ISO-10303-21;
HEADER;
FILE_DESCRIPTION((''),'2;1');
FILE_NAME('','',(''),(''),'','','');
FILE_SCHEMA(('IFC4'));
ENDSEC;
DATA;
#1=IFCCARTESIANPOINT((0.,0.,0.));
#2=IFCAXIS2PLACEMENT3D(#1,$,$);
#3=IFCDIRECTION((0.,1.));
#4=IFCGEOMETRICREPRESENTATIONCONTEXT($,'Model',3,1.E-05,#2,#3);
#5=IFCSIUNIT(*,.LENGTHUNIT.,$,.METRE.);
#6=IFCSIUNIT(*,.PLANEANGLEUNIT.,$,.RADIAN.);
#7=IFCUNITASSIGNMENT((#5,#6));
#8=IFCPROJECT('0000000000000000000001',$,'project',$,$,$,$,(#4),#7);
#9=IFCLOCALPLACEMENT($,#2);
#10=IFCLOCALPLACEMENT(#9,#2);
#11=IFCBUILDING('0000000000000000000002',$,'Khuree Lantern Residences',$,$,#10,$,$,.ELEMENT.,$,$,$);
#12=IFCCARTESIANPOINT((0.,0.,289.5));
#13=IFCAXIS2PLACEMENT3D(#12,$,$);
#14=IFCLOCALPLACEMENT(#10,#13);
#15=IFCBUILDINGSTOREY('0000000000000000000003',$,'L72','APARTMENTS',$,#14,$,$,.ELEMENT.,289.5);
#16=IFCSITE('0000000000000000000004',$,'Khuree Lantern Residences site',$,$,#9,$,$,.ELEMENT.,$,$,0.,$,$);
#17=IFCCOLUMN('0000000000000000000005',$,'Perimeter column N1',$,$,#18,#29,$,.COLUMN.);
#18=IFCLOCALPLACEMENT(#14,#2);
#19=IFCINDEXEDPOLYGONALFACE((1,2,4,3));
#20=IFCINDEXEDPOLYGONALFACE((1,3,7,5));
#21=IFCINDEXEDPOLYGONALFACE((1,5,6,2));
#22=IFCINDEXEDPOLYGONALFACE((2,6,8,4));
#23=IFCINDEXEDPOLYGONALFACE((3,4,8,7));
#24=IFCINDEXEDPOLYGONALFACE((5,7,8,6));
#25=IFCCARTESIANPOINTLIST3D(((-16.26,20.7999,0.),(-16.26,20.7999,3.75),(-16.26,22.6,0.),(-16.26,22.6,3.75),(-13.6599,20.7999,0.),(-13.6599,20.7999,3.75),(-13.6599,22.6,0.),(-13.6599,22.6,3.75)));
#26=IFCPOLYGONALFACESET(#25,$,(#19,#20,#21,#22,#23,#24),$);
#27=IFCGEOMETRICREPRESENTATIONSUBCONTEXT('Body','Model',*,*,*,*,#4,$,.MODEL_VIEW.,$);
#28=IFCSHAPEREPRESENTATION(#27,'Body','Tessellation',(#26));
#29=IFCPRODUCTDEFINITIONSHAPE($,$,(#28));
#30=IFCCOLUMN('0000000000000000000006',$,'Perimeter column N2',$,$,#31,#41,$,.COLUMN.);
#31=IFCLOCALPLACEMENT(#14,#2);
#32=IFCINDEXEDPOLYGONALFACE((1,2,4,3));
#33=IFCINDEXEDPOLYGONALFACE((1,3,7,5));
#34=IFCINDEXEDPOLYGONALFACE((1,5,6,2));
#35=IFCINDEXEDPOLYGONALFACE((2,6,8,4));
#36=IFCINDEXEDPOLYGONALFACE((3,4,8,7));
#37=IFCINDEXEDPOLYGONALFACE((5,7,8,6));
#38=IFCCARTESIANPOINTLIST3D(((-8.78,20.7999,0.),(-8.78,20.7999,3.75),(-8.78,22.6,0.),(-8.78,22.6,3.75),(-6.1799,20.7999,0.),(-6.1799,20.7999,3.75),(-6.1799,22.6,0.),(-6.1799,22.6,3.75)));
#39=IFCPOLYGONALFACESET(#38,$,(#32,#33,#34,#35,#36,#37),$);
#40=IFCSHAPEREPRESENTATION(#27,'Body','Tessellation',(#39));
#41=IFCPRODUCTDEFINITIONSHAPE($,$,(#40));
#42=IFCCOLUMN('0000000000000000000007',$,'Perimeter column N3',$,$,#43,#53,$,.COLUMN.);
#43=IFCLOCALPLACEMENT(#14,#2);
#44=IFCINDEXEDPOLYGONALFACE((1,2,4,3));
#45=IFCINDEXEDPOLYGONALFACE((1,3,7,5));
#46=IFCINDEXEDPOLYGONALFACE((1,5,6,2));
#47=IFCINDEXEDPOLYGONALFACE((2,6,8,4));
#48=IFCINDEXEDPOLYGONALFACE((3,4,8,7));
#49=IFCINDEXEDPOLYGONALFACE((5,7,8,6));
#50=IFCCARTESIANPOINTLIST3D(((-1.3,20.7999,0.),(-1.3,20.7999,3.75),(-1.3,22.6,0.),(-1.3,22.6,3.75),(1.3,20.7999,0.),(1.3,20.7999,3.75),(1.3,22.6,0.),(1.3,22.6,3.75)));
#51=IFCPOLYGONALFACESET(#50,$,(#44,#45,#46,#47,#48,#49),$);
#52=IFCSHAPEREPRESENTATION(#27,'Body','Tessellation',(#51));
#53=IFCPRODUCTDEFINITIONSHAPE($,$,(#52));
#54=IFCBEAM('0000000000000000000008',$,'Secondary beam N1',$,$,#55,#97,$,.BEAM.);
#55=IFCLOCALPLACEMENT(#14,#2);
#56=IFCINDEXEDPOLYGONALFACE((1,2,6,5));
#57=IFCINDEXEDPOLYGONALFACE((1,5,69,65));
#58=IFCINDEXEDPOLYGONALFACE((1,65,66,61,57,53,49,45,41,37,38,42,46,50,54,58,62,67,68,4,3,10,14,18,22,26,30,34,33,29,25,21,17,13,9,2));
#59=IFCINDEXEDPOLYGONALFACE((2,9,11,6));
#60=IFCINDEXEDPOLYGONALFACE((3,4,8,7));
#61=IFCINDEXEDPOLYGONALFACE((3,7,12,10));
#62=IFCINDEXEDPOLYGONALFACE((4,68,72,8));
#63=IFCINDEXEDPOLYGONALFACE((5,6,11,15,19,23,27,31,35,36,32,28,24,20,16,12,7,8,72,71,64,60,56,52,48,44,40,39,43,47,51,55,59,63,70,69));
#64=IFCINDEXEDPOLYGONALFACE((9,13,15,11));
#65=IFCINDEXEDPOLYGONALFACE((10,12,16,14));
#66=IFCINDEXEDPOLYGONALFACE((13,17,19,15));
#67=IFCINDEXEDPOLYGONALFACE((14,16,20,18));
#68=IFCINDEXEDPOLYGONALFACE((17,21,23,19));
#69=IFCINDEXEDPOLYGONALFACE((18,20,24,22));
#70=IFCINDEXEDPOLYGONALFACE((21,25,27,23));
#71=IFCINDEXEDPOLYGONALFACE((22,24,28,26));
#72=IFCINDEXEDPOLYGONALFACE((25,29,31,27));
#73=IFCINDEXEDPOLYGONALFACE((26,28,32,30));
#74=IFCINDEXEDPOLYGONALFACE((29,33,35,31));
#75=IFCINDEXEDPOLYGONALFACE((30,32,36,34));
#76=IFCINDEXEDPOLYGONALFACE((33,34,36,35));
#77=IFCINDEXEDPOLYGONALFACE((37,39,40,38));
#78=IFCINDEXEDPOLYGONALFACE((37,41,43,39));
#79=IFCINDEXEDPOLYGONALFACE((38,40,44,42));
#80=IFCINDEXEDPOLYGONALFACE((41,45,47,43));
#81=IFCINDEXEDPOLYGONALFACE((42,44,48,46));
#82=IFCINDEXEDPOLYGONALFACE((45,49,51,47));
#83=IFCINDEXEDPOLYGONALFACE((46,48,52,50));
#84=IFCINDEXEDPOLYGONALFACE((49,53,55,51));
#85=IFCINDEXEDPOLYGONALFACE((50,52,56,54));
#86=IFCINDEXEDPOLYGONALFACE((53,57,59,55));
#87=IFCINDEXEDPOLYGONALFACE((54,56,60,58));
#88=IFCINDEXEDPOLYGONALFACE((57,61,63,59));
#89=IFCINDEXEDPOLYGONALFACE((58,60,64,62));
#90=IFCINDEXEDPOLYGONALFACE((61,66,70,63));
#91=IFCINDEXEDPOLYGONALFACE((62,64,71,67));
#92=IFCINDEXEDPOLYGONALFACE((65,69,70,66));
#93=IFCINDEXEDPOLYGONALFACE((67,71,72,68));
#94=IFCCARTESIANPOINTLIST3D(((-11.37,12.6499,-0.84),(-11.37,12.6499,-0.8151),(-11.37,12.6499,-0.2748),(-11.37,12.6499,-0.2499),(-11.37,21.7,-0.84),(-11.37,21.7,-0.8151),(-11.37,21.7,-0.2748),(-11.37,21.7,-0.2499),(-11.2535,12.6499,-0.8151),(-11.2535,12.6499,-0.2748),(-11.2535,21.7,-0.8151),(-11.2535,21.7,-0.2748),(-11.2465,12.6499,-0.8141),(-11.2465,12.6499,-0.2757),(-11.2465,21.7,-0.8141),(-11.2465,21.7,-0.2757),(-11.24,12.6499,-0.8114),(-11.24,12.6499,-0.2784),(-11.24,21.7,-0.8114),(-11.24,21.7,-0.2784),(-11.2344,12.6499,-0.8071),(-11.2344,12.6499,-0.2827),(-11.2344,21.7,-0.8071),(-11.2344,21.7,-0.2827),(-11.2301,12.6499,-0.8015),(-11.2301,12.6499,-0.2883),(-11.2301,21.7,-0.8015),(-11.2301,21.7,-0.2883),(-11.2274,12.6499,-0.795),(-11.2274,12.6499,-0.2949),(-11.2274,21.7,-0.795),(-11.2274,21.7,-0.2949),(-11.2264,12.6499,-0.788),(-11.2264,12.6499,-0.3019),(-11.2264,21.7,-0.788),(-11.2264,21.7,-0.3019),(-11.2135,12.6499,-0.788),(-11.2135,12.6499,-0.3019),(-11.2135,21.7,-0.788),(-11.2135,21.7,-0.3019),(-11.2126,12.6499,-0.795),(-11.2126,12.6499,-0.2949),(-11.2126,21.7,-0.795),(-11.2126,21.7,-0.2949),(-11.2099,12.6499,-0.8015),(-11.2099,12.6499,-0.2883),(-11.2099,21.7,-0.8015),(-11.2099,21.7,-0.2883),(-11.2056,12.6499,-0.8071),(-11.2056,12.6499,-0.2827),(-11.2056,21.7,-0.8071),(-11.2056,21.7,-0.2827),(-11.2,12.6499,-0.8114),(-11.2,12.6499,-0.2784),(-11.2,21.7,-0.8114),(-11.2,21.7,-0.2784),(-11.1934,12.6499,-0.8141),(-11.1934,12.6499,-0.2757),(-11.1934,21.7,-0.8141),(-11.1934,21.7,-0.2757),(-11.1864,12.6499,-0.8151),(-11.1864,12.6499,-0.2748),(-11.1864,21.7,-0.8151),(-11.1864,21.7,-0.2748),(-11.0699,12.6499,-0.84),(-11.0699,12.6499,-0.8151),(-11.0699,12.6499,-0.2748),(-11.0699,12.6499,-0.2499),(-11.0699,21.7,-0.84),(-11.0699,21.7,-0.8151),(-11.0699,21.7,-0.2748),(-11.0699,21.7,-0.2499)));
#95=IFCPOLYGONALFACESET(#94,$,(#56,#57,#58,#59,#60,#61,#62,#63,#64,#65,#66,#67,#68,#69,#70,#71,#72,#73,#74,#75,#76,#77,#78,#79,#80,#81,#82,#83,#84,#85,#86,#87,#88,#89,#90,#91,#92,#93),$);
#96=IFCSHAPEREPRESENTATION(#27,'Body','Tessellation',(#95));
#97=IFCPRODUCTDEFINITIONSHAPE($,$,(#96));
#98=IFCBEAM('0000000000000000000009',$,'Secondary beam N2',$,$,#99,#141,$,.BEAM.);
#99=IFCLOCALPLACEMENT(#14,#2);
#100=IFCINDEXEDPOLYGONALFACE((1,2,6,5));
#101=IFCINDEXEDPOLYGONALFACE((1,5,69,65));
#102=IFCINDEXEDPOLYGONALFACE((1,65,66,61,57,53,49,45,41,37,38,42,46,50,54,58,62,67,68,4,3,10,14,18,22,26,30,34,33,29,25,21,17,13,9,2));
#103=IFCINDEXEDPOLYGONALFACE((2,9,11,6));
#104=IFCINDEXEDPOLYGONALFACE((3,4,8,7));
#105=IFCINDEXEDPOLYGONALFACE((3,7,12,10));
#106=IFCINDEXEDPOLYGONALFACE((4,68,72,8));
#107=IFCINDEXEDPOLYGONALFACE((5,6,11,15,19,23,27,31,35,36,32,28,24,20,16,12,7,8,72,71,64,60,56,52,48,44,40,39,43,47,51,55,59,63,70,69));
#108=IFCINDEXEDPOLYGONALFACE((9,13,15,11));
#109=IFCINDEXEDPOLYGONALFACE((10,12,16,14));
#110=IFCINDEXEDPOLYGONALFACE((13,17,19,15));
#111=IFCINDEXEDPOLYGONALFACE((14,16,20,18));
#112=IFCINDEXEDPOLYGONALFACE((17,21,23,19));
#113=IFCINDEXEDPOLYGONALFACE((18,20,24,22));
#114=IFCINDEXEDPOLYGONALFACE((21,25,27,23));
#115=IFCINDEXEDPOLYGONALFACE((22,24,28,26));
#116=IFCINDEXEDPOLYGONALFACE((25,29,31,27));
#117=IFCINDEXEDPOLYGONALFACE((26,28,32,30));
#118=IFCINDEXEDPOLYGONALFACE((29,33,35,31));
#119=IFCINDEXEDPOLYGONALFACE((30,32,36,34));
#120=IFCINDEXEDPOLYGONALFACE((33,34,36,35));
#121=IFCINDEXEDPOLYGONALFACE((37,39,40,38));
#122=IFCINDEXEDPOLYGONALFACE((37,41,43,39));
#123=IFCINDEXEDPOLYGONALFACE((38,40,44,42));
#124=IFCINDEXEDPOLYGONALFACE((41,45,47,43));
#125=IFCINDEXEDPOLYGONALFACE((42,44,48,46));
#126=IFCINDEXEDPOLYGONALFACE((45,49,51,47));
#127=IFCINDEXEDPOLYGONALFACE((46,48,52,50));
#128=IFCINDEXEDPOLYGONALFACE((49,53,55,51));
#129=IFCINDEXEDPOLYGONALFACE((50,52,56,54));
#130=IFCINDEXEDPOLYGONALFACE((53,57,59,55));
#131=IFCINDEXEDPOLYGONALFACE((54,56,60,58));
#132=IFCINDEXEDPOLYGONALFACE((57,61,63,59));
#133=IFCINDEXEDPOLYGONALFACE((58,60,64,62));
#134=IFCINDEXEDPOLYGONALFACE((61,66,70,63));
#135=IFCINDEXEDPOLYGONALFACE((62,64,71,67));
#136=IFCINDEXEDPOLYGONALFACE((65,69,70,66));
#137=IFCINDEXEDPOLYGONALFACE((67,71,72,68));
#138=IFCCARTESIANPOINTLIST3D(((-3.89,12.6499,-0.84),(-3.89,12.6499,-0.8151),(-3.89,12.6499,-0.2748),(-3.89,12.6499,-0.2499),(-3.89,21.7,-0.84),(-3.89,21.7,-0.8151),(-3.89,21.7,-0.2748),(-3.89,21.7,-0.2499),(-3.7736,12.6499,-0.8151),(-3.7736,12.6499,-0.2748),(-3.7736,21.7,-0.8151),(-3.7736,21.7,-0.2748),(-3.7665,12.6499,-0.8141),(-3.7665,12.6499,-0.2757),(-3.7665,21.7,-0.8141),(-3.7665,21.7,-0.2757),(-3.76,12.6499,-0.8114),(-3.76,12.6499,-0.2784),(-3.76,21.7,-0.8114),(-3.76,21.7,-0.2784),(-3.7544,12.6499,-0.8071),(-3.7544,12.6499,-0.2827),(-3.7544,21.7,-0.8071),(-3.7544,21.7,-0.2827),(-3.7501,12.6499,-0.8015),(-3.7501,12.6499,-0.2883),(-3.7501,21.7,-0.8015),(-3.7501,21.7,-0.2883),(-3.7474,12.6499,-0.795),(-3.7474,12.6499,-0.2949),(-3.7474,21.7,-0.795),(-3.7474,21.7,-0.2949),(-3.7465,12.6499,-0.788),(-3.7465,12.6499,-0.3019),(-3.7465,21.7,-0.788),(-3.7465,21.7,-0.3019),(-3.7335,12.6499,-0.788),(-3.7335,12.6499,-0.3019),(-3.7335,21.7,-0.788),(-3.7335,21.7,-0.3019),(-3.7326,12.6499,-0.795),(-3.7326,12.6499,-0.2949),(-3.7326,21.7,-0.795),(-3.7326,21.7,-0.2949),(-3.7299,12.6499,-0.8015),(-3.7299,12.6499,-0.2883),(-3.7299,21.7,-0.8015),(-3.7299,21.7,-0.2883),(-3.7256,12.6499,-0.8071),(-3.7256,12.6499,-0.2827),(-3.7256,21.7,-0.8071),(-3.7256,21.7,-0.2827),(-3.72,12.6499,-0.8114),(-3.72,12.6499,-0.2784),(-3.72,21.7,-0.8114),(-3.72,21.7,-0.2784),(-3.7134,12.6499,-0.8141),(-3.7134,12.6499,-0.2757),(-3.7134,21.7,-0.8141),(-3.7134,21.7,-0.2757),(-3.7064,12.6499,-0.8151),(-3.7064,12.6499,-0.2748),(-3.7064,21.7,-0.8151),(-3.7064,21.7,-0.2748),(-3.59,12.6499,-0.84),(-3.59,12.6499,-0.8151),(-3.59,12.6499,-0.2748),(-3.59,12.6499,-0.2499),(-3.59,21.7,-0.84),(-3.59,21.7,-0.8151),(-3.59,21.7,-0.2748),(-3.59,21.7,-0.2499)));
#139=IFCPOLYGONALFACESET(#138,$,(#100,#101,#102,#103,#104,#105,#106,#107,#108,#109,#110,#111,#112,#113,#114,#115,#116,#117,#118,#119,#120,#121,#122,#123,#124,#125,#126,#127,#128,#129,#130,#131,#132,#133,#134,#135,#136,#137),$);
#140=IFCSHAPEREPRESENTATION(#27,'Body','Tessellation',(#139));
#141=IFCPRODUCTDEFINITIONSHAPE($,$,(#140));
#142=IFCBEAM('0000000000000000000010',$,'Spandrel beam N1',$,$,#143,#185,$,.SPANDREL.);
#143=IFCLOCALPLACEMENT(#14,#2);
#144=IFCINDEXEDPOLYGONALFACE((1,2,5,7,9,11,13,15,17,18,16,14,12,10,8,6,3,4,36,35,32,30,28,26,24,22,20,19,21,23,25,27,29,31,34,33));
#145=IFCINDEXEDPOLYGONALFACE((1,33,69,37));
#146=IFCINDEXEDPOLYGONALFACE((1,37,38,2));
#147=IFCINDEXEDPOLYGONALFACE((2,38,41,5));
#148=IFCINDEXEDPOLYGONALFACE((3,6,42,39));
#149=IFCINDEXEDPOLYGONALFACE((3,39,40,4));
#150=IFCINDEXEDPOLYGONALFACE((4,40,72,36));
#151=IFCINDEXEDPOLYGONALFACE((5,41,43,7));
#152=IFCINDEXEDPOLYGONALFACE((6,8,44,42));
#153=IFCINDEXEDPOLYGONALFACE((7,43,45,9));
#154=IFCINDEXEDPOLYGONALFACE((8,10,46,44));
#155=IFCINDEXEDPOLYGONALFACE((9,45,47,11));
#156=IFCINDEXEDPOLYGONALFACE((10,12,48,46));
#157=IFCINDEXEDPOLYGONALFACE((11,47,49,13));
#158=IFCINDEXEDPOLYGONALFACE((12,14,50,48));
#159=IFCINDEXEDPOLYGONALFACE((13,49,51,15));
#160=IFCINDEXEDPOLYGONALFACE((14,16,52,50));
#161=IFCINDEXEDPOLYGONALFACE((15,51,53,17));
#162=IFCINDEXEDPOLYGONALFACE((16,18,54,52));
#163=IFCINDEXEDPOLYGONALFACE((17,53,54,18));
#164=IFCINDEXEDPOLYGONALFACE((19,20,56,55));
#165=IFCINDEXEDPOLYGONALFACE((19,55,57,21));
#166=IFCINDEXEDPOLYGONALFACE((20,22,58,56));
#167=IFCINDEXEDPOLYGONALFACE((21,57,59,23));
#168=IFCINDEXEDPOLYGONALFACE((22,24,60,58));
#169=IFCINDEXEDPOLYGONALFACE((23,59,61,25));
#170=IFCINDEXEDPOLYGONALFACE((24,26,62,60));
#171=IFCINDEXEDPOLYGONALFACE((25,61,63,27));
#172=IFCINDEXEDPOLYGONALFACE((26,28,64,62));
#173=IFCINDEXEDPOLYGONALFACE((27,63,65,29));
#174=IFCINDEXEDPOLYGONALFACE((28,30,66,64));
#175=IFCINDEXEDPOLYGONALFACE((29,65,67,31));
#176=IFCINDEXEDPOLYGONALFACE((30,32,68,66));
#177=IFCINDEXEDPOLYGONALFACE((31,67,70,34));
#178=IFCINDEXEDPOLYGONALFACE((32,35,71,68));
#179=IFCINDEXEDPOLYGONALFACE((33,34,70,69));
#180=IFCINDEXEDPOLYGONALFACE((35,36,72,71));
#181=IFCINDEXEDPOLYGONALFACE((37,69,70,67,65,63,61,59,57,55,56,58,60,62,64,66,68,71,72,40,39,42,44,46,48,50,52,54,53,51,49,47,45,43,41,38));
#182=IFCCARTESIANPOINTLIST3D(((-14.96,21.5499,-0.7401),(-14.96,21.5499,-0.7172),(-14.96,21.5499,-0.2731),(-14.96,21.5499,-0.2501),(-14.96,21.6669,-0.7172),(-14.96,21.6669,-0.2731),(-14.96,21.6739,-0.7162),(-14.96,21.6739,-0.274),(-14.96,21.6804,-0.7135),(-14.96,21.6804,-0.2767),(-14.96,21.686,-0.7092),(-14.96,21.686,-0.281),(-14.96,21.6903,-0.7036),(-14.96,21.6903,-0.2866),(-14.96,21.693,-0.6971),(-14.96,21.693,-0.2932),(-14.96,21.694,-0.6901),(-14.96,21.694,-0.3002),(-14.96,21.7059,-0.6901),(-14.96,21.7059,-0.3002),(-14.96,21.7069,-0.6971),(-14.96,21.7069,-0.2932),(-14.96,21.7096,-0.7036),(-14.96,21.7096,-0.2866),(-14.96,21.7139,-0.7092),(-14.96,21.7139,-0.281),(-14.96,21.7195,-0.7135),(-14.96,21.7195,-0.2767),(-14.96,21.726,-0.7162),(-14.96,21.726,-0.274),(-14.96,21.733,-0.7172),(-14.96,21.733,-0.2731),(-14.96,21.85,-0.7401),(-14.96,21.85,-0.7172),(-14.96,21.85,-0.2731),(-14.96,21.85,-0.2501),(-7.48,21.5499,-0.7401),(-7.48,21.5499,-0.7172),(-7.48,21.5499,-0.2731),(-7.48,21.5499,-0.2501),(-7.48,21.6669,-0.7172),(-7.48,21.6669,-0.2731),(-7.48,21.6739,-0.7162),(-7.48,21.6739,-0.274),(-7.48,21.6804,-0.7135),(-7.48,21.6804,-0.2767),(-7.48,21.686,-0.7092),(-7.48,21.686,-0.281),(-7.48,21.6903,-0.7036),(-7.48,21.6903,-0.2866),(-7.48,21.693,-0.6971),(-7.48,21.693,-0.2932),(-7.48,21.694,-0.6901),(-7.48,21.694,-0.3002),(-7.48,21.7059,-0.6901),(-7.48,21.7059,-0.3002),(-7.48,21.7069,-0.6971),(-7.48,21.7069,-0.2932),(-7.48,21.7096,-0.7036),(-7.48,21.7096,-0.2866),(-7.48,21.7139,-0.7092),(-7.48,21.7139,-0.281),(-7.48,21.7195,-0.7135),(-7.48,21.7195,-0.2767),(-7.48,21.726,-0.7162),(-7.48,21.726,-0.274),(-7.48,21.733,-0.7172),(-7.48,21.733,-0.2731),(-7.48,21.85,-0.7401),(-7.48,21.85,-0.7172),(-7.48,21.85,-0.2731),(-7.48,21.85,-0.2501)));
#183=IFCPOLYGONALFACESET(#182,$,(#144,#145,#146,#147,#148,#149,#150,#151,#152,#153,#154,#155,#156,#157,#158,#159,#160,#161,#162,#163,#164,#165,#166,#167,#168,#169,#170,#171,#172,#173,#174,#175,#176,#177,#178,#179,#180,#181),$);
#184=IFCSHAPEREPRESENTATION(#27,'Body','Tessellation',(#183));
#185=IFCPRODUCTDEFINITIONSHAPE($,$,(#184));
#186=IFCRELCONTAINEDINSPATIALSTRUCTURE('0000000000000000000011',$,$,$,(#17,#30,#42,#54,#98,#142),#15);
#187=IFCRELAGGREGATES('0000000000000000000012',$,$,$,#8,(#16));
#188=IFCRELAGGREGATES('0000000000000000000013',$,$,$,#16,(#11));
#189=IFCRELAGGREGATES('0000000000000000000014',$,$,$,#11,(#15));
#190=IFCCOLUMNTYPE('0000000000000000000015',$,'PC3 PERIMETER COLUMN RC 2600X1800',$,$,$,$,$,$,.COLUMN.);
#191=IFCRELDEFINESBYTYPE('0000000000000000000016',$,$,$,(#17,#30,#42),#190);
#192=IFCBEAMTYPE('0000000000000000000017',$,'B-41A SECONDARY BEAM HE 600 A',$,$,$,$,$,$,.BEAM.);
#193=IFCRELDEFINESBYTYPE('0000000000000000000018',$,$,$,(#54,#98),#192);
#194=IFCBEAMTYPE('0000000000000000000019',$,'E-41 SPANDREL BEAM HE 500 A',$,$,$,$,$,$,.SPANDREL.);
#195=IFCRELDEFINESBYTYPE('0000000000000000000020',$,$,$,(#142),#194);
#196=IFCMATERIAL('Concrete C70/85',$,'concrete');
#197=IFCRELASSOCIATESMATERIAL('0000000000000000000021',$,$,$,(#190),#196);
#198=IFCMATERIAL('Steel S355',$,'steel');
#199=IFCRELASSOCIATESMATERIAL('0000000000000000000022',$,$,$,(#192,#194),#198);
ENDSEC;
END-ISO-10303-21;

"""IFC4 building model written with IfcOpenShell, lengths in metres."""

from ifc_helpers import new_model, si_unit, direction, frame, origin, origin_2d, place, context, subcontext, project, spatial, rectangle, i_section, extrude, material, material_profile, profile_set, type_object, element, save


model = new_model("IFC4")

# Units and contexts
model_context = context("Model", 3, precision=1e-05, world=origin(), true_north=direction((0.0, 1.0)))
body_context = subcontext(model_context, "Body", "Model", "MODEL_VIEW")
ifc_project = project(units=[si_unit("LENGTHUNIT", "METRE"), si_unit("PLANEANGLEUNIT", "RADIAN")], contexts=[model_context])

# Site, building, storey
site_placement = place(None, origin())
site = spatial("IfcSite", under=ifc_project, at=site_placement, Name="Khuree Lantern Residences site", CompositionType="ELEMENT", RefElevation=0.0)
building_placement = place(site_placement, origin())
building = spatial("IfcBuilding", under=site, at=building_placement, Name="Khuree Lantern Residences", CompositionType="ELEMENT")
storey_placement = place(building_placement, frame((0.0, 0.0, 289.5)))
storey = spatial("IfcBuildingStorey", under=building, at=storey_placement, Name="L72", Description="APARTMENTS", CompositionType="ELEMENT", Elevation=289.5)

# Columns
ifc_material_1 = material(Name="Concrete C70/85", Category="concrete")
ifc_material_profile_1 = material_profile(ifc_material_1, rectangle(XDim=2.6001, YDim=1.8, at=origin_2d()), Name="RC 2600X1800")
ifc_profile_set_1 = profile_set([ifc_material_profile_1], Name="Concrete C70/85")
column_type = type_object("IfcColumnType", Name="PC3 PERIMETER COLUMN RC 2600X1800", PredefinedType="COLUMN", material=ifc_profile_set_1)
for number, where, z_axis, x_axis, name in (
    (1, (-14.96, 21.7, 0.0), (0.0, 0.0, 1.0), (1.0, 0.0, 0.0), "Perimeter column N1"),
    (2, (-7.48, 21.7, 0.0), (0.0, 0.0, 1.0), (1.0, 0.0, 0.0), "Perimeter column N2"),
    (3, (0.0, 21.7, 0.0), (0.0, 0.0, 1.0), (1.0, 0.0, 0.0), "Perimeter column N3"),
):
    element("IfcColumn", number, at=place(storey_placement, frame(where, z_axis=z_axis, x_axis=x_axis)), inside=storey, type_object=column_type, Name=name, PredefinedType="COLUMN", context=body_context, shape_type="SweptSolid", body=[
        extrude(rectangle(XDim=2.6001, YDim=1.8, at=origin_2d()), origin(), (0.0, 0.0, 1.0), 3.75),
    ])

# Beams
ifc_material_2 = material(Name="Steel S355", Category="steel")
ifc_material_profile_2 = material_profile(ifc_material_2, i_section(OverallWidth=0.3, OverallDepth=0.5901, WebThickness=0.0129, FlangeThickness=0.0249, FilletRadius=0.0271, at=origin_2d()), Name="HE 600 A")
ifc_profile_set_2 = profile_set([ifc_material_profile_2], Name="Steel S355")
beam_type_1 = type_object("IfcBeamType", Name="B-41A SECONDARY BEAM HE 600 A", PredefinedType="BEAM", material=ifc_profile_set_2)
for number, where, z_axis, x_axis, name in (
    (4, (-11.22, 21.7, -0.5449), (0.0, -1.0, 0.0), (1.0, 0.0, 0.0), "Secondary beam N1"),
    (5, (-3.74, 21.7, -0.5449), (0.0, -1.0, 0.0), (1.0, 0.0, 0.0), "Secondary beam N2"),
):
    element("IfcBeam", number, at=place(storey_placement, frame(where, z_axis=z_axis, x_axis=x_axis)), inside=storey, type_object=beam_type_1, Name=name, PredefinedType="BEAM", context=body_context, shape_type="SweptSolid", body=[
        extrude(i_section(OverallWidth=0.3, OverallDepth=0.5901, WebThickness=0.0129, FlangeThickness=0.0249, FilletRadius=0.0271, at=origin_2d()), origin(), (0.0, 0.0, 1.0), 9.05),
    ])
ifc_material_profile_3 = material_profile(ifc_material_2, i_section(OverallWidth=0.3, OverallDepth=0.49, WebThickness=0.012, FlangeThickness=0.0229, FilletRadius=0.0271, at=origin_2d()), Name="HE 500 A")
ifc_profile_set_3 = profile_set([ifc_material_profile_3], Name="Steel S355")
beam_type_2 = type_object("IfcBeamType", Name="E-41 SPANDREL BEAM HE 500 A", PredefinedType="SPANDREL", material=ifc_profile_set_3)
for number, where, z_axis, x_axis, name in (
    (6, (-14.96, 21.7, -0.4951), (1.0, 0.0, 0.0), (0.0, 1.0, 0.0), "Spandrel beam N1"),
):
    element("IfcBeam", number, at=place(storey_placement, frame(where, z_axis=z_axis, x_axis=x_axis)), inside=storey, type_object=beam_type_2, Name=name, PredefinedType="SPANDREL", context=body_context, shape_type="SweptSolid", body=[
        extrude(i_section(OverallWidth=0.3, OverallDepth=0.49, WebThickness=0.012, FlangeThickness=0.0229, FilletRadius=0.0271, at=origin_2d()), origin(), (0.0, 0.0, 1.0), 7.48),
    ])

save(model, "model.ifc")
